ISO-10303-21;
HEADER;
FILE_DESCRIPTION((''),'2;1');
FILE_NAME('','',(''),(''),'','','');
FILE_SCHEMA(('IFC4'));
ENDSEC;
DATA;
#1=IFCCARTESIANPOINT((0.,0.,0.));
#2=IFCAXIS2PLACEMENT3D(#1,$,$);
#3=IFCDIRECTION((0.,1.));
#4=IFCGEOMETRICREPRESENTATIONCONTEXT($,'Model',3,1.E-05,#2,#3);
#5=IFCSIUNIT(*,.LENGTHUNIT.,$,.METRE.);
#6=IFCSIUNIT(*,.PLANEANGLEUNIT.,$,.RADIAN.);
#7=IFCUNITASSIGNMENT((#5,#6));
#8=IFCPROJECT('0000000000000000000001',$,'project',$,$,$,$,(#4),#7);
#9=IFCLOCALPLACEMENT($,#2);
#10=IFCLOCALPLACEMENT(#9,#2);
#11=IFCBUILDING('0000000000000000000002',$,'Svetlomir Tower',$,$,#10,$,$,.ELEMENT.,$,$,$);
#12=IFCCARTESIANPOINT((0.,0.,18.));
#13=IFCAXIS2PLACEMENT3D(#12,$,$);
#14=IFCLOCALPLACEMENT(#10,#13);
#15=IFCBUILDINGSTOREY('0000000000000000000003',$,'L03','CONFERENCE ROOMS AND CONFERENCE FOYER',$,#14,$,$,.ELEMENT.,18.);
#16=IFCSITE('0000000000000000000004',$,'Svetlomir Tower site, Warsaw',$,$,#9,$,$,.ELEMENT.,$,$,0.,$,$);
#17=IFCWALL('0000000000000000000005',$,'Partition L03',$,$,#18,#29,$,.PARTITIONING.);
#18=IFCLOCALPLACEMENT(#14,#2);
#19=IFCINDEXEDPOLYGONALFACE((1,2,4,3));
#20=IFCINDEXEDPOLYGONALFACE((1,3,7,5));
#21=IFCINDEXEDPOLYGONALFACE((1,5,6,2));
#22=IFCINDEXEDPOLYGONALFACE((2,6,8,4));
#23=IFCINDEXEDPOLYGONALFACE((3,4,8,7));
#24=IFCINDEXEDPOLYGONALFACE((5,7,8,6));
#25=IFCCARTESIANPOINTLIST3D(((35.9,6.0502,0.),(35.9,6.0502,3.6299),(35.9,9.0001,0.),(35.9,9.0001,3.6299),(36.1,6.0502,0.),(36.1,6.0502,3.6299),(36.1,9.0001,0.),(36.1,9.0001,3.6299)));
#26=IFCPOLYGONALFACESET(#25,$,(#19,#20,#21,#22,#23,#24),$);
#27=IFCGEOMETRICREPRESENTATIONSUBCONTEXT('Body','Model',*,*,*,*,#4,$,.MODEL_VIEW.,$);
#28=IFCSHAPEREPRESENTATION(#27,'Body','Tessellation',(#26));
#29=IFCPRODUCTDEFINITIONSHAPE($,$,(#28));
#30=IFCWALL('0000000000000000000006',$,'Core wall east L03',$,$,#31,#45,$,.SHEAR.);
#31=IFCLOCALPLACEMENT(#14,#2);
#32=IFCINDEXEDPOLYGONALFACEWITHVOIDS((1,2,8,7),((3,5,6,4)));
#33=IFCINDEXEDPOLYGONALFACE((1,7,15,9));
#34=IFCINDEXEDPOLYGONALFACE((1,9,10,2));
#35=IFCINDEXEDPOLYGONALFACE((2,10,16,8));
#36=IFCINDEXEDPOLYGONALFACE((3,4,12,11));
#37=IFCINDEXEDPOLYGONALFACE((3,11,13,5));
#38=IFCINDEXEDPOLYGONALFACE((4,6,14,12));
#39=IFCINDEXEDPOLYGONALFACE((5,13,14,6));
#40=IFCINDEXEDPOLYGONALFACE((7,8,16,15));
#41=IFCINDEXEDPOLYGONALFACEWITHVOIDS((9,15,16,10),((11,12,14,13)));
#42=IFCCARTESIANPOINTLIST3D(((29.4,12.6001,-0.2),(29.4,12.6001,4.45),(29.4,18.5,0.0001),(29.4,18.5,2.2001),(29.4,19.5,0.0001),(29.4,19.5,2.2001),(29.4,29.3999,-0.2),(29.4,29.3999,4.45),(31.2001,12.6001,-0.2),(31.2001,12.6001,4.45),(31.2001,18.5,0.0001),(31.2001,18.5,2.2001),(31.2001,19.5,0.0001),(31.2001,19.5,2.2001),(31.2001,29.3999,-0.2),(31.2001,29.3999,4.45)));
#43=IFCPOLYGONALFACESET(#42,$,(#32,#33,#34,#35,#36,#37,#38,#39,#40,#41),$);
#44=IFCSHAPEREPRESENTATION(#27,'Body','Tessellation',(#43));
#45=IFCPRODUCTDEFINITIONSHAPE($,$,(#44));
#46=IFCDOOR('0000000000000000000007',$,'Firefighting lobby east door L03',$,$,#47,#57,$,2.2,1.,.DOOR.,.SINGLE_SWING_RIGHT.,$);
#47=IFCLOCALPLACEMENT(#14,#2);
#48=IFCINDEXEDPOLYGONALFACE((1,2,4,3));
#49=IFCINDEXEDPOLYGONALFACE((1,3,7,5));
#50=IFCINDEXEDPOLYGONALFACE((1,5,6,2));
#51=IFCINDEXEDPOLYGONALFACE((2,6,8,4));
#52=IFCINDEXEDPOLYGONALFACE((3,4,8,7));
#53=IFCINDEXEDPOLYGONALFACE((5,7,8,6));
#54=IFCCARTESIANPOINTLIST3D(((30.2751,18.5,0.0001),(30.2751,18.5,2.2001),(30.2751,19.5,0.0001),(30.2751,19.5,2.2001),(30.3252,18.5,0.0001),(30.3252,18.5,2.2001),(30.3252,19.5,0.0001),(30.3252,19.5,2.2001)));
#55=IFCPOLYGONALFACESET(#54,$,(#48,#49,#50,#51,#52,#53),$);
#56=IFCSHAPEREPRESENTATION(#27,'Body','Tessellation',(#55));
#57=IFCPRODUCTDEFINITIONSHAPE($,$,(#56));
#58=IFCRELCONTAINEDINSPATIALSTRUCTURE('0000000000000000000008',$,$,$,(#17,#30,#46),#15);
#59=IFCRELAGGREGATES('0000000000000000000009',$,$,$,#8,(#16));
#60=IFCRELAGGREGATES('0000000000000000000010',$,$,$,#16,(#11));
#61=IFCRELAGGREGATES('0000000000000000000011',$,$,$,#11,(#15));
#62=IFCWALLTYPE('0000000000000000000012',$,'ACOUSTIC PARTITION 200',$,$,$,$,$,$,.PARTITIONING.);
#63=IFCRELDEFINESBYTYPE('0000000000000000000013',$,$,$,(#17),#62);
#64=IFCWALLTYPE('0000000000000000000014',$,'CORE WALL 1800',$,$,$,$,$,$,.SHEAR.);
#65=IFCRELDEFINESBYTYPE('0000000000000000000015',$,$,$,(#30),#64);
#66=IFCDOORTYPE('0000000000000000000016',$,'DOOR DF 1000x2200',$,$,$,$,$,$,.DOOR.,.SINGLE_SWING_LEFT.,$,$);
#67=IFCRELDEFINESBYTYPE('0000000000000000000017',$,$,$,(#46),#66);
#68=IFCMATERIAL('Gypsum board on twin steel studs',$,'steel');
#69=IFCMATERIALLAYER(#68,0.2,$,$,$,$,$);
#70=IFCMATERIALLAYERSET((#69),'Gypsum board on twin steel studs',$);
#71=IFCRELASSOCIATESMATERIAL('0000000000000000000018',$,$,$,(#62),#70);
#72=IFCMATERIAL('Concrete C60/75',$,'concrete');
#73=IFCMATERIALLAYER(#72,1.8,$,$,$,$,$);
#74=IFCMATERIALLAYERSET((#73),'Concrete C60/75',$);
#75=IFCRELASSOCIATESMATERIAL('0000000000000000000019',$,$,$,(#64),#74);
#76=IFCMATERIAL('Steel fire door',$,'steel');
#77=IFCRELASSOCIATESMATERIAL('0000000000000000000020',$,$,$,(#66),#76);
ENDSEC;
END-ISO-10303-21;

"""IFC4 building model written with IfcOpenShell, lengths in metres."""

from ifc_helpers import new_model, si_unit, direction, frame, frame_2d, origin, place, context, subcontext, project, spatial, rectangle, extrude, material, layer, layer_set, type_object, element, fill, save


model = new_model("IFC4")

# Units and contexts
model_context = context("Model", 3, precision=1e-05, world=origin(), true_north=direction((0.0, 1.0)))
body_context = subcontext(model_context, "Body", "Model", "MODEL_VIEW")
ifc_project = project(units=[si_unit("LENGTHUNIT", "METRE"), si_unit("PLANEANGLEUNIT", "RADIAN")], contexts=[model_context])

# Site, building, storey
site_placement = place(None, origin())
site = spatial("IfcSite", under=ifc_project, at=site_placement, Name="Svetlomir Tower site, Warsaw", CompositionType="ELEMENT", RefElevation=0.0)
building_placement = place(site_placement, origin())
building = spatial("IfcBuilding", under=site, at=building_placement, Name="Svetlomir Tower", CompositionType="ELEMENT")
storey_placement = place(building_placement, frame((0.0, 0.0, 18.0)))
storey = spatial("IfcBuildingStorey", under=building, at=storey_placement, Name="L03", Description="CONFERENCE ROOMS AND CONFERENCE FOYER", CompositionType="ELEMENT", Elevation=18.0)

# Wall
ifc_material_1 = material(Name="Gypsum board on twin steel studs", Category="steel")
ifc_layer_1 = layer(ifc_material_1, 0.2)
ifc_layer_set_1 = layer_set([ifc_layer_1], Name="Gypsum board on twin steel studs")
wall_type_1 = type_object("IfcWallType", Name="ACOUSTIC PARTITION 200", PredefinedType="PARTITIONING", material=ifc_layer_set_1)
wall_1_placement = place(storey_placement, frame((36.0, 6.05, 0.0), z_axis=(0.0, 0.0, 1.0), x_axis=(0.0, 1.0, 0.0)))
element("IfcWall", 1, at=wall_1_placement, inside=storey, type_object=wall_type_1, Name="Partition L03", PredefinedType="PARTITIONING", context=body_context, shape_type="SweptSolid", body=[
    extrude(rectangle(XDim=2.95, YDim=0.2, at=frame_2d((1.4751, 0.0))), origin(), (0.0, 0.0, 1.0), 3.6299),
])

# Wall, opening, door
ifc_material_2 = material(Name="Concrete C60/75", Category="concrete")
ifc_layer_2 = layer(ifc_material_2, 1.8)
ifc_layer_set_2 = layer_set([ifc_layer_2], Name="Concrete C60/75")
wall_type_2 = type_object("IfcWallType", Name="CORE WALL 1800", PredefinedType="SHEAR", material=ifc_layer_set_2)
wall_2_placement = place(storey_placement, frame((30.3, 12.6001, -0.2), z_axis=(0.0, 0.0, 1.0), x_axis=(0.0, 1.0, 0.0)))
wall_2 = element("IfcWall", 2, at=wall_2_placement, inside=storey, type_object=wall_type_2, Name="Core wall east L03", PredefinedType="SHEAR", context=body_context, shape_type="SweptSolid", body=[
    extrude(rectangle(XDim=16.7998, YDim=1.8, at=frame_2d((8.3999, 0.0))), origin(), (0.0, 0.0, 1.0), 4.6499),
])
opening_1_placement = place(wall_2_placement, frame((5.8999, 0.0, 0.2)))
opening_1 = element("IfcOpeningElement", 3, at=opening_1_placement, cuts=wall_2, PredefinedType="OPENING", context=body_context, shape_type="SweptSolid", body=[
    extrude(rectangle(XDim=1.0, YDim=2.2, at=frame_2d((0.5, 1.1001))), frame((0.0, 0.9102, 0.0), z_axis=(0.0, -1.0, 0.0), x_axis=(1.0, 0.0, 0.0)), (0.0, 0.0, 1.0), 1.8201),
])
ifc_material_3 = material(Name="Steel fire door", Category="steel")
door_type_1 = type_object("IfcDoorType", Name="DOOR DF 1000x2200", OperationType="SINGLE_SWING_LEFT", PredefinedType="DOOR", material=ifc_material_3)
door_1_placement = place(opening_1_placement, origin())
door_1 = element("IfcDoor", 4, at=door_1_placement, inside=storey, type_object=door_type_1, Name="Firefighting lobby east door L03", OperationType="SINGLE_SWING_RIGHT", OverallHeight=2.2, OverallWidth=1.0, PredefinedType="DOOR", context=body_context, shape_type="SweptSolid", body=[
    extrude(rectangle(XDim=1.0, YDim=2.2, at=frame_2d((0.5, 1.1001))), frame((0.0, 0.0249, 0.0), z_axis=(0.0, -1.0, 0.0), x_axis=(1.0, 0.0, 0.0)), (0.0, 0.0, 1.0), 0.05),
])
fill(opening_1, door_1)

save(model, "model.ifc")
